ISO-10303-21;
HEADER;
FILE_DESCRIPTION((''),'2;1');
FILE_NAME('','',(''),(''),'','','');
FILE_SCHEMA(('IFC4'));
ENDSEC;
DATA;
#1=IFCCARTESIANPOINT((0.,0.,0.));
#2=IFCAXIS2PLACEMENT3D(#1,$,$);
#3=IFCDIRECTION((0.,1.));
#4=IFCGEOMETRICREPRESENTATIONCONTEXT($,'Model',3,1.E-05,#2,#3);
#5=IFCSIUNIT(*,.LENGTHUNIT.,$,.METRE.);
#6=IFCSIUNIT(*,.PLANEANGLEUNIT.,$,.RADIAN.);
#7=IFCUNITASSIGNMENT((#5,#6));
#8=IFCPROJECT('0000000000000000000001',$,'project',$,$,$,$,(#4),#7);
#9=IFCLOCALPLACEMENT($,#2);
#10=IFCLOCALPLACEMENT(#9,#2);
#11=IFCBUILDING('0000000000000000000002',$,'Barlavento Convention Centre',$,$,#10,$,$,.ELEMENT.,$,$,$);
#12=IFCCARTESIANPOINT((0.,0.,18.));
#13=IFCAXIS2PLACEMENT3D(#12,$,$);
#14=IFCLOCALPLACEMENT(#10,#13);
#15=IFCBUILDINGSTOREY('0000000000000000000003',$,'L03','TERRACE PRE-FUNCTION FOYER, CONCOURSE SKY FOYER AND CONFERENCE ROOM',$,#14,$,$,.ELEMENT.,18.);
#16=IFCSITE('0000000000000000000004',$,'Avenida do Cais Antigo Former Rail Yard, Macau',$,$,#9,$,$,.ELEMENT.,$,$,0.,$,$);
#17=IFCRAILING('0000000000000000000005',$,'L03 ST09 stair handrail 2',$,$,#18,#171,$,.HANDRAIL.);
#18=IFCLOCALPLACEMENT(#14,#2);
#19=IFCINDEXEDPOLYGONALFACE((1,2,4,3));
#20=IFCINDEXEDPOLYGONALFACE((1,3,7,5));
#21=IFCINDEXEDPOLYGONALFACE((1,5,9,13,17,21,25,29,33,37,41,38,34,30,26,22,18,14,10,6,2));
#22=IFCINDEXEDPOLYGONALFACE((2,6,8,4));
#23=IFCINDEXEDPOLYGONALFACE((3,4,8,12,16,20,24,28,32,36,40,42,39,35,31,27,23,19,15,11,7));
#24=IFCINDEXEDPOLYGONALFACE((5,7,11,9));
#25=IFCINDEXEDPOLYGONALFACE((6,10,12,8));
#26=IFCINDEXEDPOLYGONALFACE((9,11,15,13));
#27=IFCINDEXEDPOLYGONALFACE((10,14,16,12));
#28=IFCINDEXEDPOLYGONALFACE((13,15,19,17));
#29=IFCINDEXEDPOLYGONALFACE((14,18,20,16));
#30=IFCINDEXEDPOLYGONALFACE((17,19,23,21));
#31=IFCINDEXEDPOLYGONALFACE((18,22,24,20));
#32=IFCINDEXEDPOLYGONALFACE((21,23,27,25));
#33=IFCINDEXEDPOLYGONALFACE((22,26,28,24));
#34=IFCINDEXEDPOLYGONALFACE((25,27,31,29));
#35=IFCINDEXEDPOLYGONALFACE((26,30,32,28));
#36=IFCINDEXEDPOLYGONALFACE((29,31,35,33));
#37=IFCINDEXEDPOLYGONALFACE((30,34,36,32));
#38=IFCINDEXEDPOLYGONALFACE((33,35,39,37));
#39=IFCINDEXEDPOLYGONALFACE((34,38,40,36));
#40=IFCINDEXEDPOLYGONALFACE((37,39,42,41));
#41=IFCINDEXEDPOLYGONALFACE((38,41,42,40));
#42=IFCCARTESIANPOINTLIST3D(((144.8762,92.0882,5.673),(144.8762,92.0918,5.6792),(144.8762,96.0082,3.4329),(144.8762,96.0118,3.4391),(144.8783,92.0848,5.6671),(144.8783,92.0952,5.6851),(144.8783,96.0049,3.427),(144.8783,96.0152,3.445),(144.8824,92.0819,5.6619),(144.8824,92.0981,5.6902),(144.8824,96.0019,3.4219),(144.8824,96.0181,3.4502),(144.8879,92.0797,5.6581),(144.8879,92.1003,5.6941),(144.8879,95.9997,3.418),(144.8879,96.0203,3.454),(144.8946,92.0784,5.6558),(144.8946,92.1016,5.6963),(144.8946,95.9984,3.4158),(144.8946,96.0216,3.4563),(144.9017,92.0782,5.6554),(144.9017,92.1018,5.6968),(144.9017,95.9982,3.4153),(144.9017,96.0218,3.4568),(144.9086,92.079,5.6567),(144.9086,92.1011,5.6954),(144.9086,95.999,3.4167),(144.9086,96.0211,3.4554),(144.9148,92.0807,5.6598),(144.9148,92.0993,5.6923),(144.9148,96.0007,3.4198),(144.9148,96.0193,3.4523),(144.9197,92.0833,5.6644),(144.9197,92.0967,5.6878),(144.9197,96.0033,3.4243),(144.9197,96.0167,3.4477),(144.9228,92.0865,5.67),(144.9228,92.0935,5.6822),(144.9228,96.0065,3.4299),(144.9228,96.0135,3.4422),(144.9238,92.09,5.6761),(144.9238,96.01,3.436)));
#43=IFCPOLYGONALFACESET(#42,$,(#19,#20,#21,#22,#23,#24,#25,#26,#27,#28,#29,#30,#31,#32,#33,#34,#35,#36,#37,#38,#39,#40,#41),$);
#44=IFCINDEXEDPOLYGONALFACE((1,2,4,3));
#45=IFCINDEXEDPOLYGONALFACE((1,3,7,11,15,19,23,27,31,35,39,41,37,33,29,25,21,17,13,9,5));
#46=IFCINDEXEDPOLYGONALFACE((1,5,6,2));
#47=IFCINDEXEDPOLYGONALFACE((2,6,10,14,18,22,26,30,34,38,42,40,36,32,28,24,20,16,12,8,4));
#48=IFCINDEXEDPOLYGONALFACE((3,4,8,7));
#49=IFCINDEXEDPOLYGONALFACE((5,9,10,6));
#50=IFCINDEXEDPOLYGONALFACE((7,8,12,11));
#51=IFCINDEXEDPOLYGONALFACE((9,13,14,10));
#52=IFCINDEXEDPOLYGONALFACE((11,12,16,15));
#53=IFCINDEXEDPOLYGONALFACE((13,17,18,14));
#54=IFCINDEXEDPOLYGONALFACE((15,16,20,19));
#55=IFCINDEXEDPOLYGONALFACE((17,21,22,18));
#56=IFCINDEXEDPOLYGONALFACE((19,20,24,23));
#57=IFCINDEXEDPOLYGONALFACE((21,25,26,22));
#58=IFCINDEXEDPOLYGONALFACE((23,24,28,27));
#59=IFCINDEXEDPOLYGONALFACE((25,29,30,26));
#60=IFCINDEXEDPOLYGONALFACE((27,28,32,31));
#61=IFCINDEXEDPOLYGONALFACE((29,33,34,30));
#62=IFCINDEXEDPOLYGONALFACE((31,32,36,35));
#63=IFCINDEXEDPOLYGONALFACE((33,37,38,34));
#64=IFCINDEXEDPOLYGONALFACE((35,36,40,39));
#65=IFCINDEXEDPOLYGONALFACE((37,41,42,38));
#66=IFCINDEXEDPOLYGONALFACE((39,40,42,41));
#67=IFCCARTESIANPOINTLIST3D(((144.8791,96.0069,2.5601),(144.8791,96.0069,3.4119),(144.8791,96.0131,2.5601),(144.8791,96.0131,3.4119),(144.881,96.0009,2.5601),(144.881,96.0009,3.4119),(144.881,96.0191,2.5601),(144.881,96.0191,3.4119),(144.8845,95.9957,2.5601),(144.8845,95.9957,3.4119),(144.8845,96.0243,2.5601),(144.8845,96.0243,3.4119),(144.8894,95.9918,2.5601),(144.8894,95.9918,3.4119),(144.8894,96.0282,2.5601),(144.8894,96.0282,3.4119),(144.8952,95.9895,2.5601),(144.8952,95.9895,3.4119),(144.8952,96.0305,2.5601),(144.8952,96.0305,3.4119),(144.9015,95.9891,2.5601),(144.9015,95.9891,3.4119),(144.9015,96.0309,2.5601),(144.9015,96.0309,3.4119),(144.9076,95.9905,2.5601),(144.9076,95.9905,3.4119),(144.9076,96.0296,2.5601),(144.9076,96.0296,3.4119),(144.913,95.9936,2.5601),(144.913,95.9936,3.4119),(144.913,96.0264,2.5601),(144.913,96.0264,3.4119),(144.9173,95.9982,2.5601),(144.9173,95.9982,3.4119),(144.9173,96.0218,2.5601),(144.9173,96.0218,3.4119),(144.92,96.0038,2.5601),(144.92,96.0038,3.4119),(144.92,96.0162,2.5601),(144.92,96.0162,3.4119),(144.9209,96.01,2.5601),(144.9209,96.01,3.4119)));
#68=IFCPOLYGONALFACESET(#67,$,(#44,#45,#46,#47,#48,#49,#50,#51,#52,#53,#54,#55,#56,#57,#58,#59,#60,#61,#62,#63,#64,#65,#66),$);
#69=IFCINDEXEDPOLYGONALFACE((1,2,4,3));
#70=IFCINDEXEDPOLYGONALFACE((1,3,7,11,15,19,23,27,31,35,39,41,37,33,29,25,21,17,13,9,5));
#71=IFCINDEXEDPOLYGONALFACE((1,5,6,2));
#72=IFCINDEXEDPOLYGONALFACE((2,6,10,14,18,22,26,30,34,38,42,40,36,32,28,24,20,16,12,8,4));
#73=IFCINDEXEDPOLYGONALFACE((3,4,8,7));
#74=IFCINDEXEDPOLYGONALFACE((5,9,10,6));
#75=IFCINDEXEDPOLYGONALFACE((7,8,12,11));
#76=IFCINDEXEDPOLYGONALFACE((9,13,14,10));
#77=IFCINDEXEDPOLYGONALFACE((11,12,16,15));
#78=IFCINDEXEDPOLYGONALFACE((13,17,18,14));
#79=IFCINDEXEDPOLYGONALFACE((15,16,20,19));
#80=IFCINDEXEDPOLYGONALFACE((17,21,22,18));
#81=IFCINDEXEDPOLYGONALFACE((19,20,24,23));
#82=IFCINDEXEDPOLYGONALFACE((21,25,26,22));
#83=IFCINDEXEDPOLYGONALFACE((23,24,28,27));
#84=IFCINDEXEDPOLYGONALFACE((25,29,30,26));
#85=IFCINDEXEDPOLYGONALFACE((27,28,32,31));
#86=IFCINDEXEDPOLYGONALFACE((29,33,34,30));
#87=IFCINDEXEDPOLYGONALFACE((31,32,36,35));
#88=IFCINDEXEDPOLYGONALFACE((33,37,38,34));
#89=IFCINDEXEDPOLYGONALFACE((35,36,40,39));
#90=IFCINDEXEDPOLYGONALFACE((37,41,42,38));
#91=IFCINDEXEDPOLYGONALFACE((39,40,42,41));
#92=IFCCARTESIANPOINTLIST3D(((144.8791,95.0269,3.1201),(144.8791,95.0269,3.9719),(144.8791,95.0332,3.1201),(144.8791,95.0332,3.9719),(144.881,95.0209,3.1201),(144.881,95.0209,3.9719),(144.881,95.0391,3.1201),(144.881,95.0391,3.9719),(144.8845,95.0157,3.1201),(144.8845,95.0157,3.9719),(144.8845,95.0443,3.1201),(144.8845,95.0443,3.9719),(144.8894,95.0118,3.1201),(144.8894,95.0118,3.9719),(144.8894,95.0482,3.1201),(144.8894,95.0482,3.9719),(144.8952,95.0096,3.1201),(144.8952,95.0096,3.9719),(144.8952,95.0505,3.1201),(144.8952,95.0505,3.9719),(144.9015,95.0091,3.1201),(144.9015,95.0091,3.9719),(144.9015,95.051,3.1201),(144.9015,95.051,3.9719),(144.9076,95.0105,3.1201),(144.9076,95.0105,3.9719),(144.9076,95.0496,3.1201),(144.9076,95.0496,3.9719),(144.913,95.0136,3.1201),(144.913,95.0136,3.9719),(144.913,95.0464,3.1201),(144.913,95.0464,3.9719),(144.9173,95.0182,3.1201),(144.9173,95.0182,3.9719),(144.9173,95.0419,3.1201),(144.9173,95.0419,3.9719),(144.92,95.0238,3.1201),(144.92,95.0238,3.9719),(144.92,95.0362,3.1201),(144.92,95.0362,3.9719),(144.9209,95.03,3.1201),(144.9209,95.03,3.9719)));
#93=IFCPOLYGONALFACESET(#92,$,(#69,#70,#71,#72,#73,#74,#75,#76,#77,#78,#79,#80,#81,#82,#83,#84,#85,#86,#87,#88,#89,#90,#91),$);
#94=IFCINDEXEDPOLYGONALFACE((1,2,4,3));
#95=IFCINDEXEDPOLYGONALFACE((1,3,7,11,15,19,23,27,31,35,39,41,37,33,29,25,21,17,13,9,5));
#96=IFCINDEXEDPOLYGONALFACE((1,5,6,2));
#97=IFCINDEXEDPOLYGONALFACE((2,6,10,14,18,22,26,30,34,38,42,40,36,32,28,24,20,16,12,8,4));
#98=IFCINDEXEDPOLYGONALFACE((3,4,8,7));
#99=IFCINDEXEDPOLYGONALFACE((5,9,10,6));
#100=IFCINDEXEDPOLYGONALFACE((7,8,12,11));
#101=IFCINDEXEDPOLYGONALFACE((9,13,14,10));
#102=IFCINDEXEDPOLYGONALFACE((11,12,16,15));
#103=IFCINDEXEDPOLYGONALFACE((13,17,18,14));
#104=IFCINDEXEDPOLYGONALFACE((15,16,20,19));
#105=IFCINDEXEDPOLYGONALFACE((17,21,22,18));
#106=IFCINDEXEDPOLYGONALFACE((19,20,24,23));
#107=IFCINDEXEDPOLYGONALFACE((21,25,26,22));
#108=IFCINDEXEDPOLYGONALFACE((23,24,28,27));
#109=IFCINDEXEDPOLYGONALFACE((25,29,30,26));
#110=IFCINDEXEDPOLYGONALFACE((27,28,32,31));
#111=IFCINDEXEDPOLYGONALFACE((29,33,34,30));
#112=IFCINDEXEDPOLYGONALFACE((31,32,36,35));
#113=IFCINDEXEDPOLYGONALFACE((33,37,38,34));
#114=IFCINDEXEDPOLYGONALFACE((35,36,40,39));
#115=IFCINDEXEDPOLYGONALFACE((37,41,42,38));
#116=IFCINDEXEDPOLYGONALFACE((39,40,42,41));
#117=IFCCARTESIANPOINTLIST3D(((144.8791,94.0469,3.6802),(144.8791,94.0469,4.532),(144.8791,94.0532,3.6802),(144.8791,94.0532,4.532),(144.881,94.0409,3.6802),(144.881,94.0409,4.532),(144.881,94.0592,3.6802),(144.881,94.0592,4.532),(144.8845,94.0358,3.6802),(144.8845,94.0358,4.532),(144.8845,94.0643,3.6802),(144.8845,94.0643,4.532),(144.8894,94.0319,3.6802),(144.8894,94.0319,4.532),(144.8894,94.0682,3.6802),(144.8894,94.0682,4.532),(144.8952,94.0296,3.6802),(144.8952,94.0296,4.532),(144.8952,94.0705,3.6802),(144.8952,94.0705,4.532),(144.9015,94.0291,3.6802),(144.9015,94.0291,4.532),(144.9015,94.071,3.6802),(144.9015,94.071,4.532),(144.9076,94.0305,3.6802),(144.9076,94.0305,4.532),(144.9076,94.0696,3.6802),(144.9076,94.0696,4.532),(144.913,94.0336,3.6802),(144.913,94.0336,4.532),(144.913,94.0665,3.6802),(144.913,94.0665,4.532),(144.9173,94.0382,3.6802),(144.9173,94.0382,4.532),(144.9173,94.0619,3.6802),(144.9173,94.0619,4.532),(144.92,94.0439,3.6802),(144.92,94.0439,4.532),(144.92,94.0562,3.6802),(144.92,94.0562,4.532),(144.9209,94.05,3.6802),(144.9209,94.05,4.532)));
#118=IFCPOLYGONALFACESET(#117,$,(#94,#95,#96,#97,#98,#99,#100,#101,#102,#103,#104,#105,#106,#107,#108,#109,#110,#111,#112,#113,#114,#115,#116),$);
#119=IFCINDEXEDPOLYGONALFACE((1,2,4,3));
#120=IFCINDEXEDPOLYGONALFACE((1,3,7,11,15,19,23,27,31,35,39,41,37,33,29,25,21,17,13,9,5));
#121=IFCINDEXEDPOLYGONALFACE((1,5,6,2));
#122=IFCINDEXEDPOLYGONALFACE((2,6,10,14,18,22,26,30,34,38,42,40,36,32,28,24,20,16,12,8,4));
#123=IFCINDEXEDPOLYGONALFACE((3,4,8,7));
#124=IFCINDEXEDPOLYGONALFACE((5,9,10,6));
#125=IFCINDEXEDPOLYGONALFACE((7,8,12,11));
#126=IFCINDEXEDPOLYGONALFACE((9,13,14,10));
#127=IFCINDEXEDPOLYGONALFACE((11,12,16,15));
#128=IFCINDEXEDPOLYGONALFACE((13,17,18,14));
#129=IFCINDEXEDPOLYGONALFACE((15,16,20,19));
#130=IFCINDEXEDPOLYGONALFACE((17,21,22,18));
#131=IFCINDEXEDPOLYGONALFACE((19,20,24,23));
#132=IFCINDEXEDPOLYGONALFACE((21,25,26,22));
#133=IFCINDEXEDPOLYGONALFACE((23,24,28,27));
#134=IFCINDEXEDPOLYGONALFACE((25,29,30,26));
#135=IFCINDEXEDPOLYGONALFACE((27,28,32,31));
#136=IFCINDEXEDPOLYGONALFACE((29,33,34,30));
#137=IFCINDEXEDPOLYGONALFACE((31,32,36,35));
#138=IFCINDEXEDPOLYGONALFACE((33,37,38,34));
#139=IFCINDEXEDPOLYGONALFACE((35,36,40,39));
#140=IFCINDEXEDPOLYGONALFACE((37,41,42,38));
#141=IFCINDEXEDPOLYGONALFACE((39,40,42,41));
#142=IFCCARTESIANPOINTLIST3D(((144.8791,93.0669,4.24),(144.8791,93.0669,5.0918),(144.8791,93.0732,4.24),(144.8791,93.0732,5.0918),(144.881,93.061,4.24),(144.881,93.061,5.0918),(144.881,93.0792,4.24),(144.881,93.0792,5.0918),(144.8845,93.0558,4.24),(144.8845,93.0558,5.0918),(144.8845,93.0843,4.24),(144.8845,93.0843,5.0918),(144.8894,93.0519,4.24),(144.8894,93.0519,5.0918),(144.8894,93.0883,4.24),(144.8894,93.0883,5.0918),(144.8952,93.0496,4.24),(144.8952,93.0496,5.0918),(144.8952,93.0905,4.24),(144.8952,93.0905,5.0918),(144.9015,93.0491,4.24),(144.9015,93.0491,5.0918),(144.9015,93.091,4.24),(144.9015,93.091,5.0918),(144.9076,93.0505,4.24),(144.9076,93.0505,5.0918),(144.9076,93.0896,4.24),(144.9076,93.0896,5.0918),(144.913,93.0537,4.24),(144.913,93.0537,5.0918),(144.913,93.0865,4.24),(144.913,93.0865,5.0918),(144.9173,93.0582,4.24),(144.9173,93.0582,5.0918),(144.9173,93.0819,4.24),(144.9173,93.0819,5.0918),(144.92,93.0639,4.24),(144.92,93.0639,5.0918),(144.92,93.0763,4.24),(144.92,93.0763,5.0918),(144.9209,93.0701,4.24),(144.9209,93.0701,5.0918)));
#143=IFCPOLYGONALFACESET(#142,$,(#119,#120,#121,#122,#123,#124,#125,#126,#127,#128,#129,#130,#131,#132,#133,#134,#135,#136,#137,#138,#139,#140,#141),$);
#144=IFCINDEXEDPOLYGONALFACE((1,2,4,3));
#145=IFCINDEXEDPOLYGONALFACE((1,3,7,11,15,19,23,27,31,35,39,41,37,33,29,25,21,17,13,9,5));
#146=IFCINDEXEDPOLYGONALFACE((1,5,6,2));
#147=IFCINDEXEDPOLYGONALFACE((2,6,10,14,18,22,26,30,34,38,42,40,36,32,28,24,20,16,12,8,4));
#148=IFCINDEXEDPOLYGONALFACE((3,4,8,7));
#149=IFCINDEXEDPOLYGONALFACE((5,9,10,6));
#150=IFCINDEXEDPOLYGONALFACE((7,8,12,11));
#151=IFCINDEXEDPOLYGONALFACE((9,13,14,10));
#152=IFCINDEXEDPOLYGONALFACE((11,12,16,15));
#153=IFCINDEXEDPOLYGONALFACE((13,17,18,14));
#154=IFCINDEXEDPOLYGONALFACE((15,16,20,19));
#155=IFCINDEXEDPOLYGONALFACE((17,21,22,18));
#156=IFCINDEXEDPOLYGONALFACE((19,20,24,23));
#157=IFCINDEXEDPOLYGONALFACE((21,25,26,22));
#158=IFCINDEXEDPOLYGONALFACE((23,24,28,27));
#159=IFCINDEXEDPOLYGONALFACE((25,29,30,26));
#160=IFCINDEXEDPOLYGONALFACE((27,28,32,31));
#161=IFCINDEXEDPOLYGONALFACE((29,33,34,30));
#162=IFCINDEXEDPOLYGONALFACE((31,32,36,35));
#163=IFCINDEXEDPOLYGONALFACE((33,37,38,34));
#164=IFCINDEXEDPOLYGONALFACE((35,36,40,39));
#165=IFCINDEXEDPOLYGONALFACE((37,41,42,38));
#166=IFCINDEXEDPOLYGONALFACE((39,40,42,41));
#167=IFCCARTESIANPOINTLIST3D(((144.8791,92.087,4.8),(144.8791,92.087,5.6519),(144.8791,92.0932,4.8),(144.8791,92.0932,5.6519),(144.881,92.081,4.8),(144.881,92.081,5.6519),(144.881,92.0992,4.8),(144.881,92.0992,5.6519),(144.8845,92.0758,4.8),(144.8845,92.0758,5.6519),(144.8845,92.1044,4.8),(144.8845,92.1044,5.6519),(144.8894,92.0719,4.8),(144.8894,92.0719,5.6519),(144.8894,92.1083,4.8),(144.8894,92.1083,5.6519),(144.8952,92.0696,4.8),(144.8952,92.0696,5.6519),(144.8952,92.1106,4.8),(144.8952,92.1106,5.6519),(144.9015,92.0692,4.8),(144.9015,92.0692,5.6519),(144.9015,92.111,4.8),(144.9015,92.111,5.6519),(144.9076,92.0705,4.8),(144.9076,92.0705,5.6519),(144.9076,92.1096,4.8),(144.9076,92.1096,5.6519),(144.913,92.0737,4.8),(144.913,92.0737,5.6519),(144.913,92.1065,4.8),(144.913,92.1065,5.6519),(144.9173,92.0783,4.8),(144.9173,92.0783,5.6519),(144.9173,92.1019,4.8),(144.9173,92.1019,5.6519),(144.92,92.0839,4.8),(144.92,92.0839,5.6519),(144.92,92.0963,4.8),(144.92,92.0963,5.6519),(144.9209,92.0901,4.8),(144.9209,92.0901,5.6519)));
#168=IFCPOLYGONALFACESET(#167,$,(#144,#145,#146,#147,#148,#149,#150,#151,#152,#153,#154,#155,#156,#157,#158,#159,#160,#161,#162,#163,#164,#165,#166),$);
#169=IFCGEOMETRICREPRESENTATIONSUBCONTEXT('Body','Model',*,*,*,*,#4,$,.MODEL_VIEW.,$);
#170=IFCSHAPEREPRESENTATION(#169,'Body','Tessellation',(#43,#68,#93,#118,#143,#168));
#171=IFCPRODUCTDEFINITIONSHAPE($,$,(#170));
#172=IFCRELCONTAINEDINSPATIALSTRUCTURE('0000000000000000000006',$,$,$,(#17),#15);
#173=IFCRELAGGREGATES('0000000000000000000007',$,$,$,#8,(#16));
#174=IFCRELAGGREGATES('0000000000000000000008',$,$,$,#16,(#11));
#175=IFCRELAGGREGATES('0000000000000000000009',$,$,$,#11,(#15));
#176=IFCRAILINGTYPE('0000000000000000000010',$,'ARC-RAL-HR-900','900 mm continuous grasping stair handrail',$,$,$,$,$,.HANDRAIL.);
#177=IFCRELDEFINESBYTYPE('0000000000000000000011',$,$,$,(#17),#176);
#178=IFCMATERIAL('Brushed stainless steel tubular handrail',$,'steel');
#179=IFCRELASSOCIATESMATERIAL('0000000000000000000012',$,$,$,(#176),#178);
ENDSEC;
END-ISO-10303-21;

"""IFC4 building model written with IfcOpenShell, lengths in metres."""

from ifc_helpers import new_model, si_unit, direction, frame, origin, origin_2d, place, context, subcontext, project, spatial, circle, extrude, material, type_object, element, save


model = new_model("IFC4")

# Units and contexts
model_context = context("Model", 3, precision=1e-05, world=origin(), true_north=direction((0.0, 1.0)))
body_context = subcontext(model_context, "Body", "Model", "MODEL_VIEW")
ifc_project = project(units=[si_unit("LENGTHUNIT", "METRE"), si_unit("PLANEANGLEUNIT", "RADIAN")], contexts=[model_context])

# Site, building, storey
site_placement = place(None, origin())
site = spatial("IfcSite", under=ifc_project, at=site_placement, Name="Avenida do Cais Antigo Former Rail Yard, Macau", CompositionType="ELEMENT", RefElevation=0.0)
building_placement = place(site_placement, origin())
building = spatial("IfcBuilding", under=site, at=building_placement, Name="Barlavento Convention Centre", CompositionType="ELEMENT")
storey_placement = place(building_placement, frame((0.0, 0.0, 18.0)))
storey = spatial("IfcBuildingStorey", under=building, at=storey_placement, Name="L03", Description="TERRACE PRE-FUNCTION FOYER, CONCOURSE SKY FOYER AND CONFERENCE ROOM", CompositionType="ELEMENT", Elevation=18.0)

# Railing
ifc_material_1 = material(Name="Brushed stainless steel tubular handrail", Category="steel")
railing_type_1 = type_object("IfcRailingType", Name="ARC-RAL-HR-900", Description="900 mm continuous grasping stair handrail", PredefinedType="HANDRAIL", material=ifc_material_1)
railing_1_placement = place(storey_placement, frame((144.8999, 96.01, 2.5601)))
element("IfcRailing", 1, at=railing_1_placement, inside=storey, type_object=railing_type_1, Name="L03 ST09 stair handrail 2", PredefinedType="HANDRAIL", context=body_context, shape_type="SweptSolid", body=[
    extrude(circle(Radius=0.0239, at=origin_2d()), frame((0.0, 0.0, 0.876), z_axis=(0.0, -0.86824, 0.496145), x_axis=(1.0, 0.0, 0.0)), (0.0, 0.0, 1.0), 4.5149),
    extrude(circle(Radius=0.021, at=origin_2d()), origin(), (0.0, 0.0, 1.0), 0.8518),
    extrude(circle(Radius=0.021, at=origin_2d()), frame((0.0, -0.98, 0.5601)), (0.0, 0.0, 1.0), 0.8518),
    extrude(circle(Radius=0.021, at=origin_2d()), frame((0.0, -1.96, 1.1201)), (0.0, 0.0, 1.0), 0.8518),
    extrude(circle(Radius=0.021, at=origin_2d()), frame((0.0, -2.9399, 1.6799)), (0.0, 0.0, 1.0), 0.8518),
    extrude(circle(Radius=0.021, at=origin_2d()), frame((0.0, -3.9199, 2.24)), (0.0, 0.0, 1.0), 0.8518),
])

save(model, "model.ifc")
